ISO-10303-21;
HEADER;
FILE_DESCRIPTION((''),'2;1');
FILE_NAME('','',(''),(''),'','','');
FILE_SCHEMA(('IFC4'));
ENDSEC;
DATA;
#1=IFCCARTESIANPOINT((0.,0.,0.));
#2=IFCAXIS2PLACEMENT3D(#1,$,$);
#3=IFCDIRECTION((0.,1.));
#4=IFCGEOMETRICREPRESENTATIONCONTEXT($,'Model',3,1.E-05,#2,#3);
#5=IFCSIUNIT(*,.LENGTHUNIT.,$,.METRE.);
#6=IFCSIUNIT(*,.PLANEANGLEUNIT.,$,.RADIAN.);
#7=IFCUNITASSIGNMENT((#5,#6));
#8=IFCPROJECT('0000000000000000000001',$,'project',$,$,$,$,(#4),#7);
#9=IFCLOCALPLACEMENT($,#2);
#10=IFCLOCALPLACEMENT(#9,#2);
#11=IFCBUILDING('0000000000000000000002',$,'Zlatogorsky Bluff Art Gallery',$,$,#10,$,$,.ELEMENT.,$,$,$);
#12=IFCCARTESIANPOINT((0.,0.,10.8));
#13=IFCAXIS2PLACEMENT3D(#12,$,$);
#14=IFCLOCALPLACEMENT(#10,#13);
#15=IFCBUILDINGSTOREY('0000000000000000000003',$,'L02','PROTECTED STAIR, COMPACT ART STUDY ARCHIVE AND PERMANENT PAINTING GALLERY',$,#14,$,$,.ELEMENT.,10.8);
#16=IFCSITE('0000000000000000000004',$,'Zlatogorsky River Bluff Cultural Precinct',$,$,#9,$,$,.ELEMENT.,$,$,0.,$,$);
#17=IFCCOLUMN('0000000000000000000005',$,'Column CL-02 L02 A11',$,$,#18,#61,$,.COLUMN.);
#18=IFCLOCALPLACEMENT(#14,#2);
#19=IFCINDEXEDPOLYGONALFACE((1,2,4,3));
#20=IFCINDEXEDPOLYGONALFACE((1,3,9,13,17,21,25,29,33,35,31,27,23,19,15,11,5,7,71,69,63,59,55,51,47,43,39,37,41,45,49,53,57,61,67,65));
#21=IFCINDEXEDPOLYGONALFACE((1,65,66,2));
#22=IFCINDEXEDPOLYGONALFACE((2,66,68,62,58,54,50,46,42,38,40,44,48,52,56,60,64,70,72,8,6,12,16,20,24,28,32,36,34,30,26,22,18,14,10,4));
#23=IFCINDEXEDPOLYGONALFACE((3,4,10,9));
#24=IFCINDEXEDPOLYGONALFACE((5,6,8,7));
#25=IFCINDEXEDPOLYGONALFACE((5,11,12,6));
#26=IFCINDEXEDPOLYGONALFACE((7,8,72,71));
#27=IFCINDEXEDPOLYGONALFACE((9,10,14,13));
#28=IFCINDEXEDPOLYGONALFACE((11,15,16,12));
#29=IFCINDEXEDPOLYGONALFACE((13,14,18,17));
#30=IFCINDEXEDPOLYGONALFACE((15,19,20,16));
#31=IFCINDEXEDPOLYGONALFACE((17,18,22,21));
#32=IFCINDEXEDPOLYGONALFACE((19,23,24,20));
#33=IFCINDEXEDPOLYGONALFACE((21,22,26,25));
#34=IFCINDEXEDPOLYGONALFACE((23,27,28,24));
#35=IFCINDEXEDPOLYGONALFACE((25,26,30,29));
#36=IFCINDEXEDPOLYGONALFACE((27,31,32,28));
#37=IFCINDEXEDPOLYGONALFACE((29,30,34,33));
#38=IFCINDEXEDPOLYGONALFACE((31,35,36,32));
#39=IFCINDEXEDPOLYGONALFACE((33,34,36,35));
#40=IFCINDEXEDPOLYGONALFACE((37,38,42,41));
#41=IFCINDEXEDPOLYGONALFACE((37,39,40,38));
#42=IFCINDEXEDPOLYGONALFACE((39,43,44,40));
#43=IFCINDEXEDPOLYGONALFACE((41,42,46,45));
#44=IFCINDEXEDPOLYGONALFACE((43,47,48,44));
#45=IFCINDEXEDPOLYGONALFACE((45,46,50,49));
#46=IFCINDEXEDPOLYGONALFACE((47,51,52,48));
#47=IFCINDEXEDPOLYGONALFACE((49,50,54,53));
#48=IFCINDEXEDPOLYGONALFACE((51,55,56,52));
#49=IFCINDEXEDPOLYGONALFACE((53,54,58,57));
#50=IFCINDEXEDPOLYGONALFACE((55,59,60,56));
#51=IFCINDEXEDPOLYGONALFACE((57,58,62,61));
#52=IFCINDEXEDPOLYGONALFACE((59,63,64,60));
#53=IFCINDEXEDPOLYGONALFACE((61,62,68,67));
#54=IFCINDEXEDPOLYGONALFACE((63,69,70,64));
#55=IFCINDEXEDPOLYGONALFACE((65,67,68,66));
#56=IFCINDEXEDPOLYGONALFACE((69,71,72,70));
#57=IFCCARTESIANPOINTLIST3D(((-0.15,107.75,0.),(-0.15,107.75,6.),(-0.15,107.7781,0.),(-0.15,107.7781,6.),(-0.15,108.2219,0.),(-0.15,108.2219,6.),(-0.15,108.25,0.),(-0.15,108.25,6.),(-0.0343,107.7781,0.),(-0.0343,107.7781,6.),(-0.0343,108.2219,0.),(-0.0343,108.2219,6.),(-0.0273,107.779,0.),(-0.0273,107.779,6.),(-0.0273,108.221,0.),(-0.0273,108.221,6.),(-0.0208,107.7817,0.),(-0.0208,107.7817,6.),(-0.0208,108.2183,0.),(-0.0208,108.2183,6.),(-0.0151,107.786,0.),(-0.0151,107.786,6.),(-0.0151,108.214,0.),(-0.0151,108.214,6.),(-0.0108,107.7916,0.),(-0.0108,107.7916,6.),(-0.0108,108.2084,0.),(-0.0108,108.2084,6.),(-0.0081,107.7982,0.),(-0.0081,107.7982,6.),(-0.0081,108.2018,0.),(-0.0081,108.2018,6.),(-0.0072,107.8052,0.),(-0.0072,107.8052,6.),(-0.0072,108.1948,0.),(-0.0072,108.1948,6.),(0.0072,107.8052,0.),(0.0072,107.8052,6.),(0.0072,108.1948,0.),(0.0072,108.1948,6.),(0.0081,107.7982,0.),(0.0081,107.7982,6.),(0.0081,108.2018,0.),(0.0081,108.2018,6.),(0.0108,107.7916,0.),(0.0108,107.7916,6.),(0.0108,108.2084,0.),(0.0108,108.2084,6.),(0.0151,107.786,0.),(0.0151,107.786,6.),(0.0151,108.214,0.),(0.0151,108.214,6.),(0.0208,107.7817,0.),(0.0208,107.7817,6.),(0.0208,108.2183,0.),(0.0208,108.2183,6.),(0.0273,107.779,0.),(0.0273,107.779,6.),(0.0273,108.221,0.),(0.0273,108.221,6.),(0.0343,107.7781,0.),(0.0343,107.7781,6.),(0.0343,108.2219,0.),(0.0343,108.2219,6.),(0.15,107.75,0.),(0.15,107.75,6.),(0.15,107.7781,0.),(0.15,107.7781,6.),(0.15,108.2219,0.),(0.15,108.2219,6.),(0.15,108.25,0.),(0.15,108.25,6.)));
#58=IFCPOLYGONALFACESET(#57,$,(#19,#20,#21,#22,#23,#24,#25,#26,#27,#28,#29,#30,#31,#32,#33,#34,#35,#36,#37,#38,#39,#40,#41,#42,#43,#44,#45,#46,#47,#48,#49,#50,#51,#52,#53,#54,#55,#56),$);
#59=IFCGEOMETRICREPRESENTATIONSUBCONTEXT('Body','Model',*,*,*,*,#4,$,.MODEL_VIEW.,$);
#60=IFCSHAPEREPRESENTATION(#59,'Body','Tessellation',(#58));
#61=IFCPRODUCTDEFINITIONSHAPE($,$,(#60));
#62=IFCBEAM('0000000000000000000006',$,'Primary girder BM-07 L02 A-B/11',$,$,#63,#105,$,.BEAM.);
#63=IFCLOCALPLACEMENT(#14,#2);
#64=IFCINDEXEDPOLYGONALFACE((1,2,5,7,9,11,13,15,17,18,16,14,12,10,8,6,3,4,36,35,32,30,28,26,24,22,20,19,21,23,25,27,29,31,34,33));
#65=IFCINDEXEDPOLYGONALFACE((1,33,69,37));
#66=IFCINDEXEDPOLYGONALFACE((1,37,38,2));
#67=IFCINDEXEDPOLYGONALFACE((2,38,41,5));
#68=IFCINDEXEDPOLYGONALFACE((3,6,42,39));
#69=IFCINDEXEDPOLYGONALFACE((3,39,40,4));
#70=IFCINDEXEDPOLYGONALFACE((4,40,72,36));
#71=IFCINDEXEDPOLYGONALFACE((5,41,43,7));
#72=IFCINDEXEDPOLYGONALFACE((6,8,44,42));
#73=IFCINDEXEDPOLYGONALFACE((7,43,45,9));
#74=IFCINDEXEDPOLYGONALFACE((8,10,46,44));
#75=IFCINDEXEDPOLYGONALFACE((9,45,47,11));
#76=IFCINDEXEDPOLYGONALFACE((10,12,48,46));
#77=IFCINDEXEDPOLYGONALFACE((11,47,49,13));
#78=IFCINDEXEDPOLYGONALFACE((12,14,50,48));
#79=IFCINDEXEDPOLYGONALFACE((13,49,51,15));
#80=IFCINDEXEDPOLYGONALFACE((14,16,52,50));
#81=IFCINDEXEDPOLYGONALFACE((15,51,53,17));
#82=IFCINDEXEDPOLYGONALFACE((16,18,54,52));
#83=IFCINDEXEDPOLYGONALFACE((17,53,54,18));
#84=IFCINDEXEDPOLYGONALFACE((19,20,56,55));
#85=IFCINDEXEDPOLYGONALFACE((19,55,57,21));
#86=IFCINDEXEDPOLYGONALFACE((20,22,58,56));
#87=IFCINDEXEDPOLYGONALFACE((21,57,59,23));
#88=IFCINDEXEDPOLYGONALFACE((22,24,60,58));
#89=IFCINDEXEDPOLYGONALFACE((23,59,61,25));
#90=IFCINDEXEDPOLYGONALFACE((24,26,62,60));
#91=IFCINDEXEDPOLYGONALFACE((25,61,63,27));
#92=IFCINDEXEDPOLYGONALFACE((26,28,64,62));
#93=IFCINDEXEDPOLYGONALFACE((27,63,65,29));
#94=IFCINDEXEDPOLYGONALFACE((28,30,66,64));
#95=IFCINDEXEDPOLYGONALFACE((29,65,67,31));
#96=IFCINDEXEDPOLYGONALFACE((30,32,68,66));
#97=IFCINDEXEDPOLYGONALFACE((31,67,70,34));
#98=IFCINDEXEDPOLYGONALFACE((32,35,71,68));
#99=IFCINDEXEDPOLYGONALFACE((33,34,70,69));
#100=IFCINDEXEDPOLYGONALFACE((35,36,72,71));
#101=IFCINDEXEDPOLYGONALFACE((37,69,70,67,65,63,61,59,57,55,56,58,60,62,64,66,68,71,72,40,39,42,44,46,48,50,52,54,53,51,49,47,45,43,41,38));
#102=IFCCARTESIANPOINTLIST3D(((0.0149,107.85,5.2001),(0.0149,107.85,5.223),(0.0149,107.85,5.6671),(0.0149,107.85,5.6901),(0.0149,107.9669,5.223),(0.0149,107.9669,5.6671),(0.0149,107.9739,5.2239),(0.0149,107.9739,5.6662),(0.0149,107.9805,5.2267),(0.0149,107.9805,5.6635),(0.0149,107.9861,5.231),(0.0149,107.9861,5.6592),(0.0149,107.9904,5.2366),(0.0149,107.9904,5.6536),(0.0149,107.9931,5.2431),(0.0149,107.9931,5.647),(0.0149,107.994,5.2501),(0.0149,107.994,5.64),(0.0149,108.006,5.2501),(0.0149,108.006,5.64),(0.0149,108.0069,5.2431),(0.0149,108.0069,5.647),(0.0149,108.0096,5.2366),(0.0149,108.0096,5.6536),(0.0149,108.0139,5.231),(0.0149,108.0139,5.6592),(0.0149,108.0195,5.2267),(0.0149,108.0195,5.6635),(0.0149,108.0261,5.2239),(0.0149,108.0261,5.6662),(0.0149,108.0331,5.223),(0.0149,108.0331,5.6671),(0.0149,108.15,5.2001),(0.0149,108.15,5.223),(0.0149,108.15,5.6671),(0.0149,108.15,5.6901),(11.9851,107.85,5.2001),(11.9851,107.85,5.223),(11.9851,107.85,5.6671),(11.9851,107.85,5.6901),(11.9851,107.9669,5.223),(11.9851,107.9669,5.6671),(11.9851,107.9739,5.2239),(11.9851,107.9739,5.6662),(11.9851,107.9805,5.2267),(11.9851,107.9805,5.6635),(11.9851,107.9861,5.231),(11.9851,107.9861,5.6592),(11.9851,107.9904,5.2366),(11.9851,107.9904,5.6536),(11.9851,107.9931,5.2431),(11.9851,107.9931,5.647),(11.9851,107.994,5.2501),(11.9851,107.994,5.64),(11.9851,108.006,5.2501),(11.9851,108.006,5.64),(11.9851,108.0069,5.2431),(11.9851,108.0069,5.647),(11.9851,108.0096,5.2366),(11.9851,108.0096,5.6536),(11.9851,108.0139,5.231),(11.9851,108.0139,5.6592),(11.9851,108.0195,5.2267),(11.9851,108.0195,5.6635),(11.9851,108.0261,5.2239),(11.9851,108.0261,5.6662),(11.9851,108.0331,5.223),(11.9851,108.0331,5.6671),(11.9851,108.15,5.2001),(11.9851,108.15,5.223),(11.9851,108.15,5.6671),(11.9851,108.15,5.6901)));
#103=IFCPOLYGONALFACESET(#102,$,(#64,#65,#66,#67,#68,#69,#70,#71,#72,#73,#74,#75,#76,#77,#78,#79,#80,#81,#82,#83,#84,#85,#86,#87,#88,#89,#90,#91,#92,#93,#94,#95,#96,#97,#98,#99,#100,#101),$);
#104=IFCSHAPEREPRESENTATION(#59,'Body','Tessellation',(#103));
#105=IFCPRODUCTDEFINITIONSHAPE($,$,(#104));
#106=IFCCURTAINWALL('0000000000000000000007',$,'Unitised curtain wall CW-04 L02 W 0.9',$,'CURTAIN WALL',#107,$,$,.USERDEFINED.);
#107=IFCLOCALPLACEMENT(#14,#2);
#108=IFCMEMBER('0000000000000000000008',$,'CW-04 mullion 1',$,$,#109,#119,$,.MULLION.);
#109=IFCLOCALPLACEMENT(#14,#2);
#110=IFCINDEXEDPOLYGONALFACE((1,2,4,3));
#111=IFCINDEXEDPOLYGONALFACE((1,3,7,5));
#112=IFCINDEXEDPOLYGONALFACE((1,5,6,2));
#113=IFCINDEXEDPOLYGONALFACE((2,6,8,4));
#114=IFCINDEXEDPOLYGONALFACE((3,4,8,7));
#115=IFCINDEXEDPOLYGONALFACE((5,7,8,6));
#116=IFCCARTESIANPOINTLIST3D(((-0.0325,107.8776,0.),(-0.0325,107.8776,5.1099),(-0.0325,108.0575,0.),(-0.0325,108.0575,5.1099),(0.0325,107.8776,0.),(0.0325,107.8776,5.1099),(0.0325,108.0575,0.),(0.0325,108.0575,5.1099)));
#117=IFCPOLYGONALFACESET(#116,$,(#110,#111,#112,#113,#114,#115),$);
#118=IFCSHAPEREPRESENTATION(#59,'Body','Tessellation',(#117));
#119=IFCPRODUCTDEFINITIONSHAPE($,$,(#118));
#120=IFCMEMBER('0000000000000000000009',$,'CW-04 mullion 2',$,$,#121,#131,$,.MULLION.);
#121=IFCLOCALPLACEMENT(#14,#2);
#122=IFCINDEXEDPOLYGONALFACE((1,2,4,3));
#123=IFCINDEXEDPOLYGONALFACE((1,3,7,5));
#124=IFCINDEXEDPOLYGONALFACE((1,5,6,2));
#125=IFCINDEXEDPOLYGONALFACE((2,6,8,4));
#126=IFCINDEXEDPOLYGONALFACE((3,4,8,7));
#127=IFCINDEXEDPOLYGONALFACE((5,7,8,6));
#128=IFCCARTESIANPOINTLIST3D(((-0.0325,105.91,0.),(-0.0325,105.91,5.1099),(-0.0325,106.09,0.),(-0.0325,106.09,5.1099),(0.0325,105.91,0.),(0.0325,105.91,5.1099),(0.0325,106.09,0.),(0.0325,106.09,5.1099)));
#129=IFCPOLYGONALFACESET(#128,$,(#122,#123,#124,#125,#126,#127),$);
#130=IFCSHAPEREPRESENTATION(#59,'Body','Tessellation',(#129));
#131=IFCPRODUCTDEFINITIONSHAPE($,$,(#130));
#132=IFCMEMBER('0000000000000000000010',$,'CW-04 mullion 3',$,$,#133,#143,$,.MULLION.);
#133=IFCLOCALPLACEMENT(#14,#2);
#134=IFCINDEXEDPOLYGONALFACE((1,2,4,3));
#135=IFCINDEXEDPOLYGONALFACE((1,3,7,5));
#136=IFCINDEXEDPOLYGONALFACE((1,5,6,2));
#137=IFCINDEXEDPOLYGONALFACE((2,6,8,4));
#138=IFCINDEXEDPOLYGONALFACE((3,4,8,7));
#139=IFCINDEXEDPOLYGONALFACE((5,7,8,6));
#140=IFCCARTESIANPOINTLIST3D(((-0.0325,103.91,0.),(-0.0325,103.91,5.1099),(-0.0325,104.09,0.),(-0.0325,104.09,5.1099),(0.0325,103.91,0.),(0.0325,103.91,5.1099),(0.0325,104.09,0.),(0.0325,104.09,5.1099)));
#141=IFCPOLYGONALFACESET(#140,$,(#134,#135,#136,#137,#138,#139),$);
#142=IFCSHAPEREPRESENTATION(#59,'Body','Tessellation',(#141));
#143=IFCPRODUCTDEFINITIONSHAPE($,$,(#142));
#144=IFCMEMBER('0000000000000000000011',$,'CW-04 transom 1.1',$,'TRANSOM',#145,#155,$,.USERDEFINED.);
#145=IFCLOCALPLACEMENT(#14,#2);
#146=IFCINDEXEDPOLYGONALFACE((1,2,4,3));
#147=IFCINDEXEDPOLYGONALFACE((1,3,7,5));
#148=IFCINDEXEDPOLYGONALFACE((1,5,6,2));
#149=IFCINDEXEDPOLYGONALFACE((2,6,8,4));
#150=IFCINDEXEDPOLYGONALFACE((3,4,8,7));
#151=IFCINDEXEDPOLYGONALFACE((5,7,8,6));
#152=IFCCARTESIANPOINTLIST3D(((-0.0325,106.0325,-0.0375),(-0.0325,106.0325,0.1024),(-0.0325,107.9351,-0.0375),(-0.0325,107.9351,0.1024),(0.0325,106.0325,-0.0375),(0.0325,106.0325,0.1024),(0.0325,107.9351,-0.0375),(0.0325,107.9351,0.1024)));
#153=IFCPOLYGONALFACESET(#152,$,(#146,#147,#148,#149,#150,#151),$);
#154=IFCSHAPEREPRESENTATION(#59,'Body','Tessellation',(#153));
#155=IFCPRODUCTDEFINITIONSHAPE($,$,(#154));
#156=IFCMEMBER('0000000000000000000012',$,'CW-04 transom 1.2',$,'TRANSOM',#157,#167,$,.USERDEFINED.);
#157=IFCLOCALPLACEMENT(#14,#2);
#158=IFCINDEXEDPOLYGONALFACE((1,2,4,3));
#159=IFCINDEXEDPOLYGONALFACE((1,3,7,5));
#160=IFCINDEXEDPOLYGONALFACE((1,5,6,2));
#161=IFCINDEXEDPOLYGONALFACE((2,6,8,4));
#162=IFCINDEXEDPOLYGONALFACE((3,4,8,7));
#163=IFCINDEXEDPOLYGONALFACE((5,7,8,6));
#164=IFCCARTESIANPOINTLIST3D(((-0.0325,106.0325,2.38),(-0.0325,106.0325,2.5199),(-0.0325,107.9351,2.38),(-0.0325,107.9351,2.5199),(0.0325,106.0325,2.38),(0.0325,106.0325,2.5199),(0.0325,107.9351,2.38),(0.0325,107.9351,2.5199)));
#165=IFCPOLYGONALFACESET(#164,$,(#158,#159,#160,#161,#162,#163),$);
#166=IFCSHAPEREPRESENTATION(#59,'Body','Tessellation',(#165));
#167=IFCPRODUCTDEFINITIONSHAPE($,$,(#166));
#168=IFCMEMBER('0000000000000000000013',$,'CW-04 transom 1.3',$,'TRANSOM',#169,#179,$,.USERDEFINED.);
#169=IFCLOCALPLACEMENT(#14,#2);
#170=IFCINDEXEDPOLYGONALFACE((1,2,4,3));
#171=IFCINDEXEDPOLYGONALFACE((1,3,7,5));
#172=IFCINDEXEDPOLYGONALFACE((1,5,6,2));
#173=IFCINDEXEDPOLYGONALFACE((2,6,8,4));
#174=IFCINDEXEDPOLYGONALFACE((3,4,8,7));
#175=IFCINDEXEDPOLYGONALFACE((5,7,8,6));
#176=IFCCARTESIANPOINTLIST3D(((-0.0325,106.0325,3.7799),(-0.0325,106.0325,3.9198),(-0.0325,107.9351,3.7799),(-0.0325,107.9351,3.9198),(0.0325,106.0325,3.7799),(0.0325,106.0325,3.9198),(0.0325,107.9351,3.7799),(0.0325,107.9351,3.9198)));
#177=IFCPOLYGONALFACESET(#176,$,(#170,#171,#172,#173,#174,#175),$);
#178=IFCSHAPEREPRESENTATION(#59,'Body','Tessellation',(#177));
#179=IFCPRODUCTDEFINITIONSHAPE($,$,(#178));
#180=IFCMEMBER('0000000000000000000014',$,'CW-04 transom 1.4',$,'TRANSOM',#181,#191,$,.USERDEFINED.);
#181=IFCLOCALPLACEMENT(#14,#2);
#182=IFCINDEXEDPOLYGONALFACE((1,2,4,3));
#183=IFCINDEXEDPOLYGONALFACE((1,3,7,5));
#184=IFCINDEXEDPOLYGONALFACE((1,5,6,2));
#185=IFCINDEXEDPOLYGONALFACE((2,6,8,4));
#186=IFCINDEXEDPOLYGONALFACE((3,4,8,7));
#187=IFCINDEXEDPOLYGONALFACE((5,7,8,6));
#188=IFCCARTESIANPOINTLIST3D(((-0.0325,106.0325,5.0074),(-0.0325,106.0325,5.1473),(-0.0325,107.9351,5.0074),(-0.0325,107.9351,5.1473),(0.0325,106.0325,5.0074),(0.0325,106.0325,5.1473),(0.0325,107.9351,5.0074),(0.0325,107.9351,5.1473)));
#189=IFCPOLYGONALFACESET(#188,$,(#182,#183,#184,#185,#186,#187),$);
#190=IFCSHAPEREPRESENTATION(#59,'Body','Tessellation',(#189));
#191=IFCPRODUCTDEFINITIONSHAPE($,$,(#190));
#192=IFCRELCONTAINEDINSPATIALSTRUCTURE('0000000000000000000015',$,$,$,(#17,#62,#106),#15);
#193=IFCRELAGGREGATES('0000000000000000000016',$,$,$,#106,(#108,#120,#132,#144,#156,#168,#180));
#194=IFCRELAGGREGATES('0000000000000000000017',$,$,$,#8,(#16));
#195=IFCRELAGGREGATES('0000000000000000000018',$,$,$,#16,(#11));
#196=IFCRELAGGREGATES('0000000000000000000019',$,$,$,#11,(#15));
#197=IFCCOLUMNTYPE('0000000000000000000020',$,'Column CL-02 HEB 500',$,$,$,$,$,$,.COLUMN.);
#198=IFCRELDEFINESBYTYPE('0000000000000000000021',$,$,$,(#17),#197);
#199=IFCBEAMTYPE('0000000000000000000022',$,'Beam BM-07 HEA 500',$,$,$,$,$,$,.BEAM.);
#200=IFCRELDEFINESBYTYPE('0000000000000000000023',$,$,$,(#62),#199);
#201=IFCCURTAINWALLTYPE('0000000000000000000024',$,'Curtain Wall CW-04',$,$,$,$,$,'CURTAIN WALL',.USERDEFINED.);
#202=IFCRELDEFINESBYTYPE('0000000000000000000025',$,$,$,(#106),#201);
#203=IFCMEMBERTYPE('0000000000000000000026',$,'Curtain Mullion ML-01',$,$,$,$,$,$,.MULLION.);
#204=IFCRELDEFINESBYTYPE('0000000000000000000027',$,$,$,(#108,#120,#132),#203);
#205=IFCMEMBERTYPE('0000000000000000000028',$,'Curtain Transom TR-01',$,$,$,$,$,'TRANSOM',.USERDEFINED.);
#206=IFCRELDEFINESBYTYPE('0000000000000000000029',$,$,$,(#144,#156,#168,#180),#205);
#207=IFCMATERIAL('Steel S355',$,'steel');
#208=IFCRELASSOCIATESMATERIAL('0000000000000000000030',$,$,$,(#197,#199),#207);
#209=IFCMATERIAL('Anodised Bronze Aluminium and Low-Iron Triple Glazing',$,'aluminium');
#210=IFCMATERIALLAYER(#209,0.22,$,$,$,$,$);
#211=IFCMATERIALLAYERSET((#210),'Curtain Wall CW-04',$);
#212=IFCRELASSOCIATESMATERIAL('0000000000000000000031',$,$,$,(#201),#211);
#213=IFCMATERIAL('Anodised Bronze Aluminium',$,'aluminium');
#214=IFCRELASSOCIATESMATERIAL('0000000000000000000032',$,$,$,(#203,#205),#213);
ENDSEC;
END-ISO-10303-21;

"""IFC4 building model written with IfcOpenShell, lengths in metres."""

from ifc_helpers import new_model, si_unit, direction, frame, origin, origin_2d, place, context, subcontext, project, spatial, rectangle, i_section, extrude, material, layer, layer_set, material_profile, profile_set, type_object, element, aggregate, save


model = new_model("IFC4")

# Units and contexts
model_context = context("Model", 3, precision=1e-05, world=origin(), true_north=direction((0.0, 1.0)))
body_context = subcontext(model_context, "Body", "Model", "MODEL_VIEW")
ifc_project = project(units=[si_unit("LENGTHUNIT", "METRE"), si_unit("PLANEANGLEUNIT", "RADIAN")], contexts=[model_context])

# Site, building, storey
site_placement = place(None, origin())
site = spatial("IfcSite", under=ifc_project, at=site_placement, Name="Zlatogorsky River Bluff Cultural Precinct", CompositionType="ELEMENT", RefElevation=0.0)
building_placement = place(site_placement, origin())
building = spatial("IfcBuilding", under=site, at=building_placement, Name="Zlatogorsky Bluff Art Gallery", CompositionType="ELEMENT")
storey_placement = place(building_placement, frame((0.0, 0.0, 10.8)))
storey = spatial("IfcBuildingStorey", under=building, at=storey_placement, Name="L02", Description="PROTECTED STAIR, COMPACT ART STUDY ARCHIVE AND PERMANENT PAINTING GALLERY", CompositionType="ELEMENT", Elevation=10.8)

# Column
ifc_material_1 = material(Name="Steel S355", Category="steel")
ifc_material_profile_1 = material_profile(ifc_material_1, i_section(OverallWidth=0.3, OverallDepth=0.5, WebThickness=0.0144, FlangeThickness=0.0281, FilletRadius=0.0271, at=origin_2d()), Name="HEB 500")
ifc_profile_set_1 = profile_set([ifc_material_profile_1], Name="Steel S355")
column_type = type_object("IfcColumnType", Name="Column CL-02 HEB 500", PredefinedType="COLUMN", material=ifc_profile_set_1)
column_placement = place(storey_placement, frame((0.0, 108.0, 0.0), z_axis=(0.0, 0.0, 1.0), x_axis=(1.0, 0.0, 0.0)))
element("IfcColumn", 1, at=column_placement, inside=storey, type_object=column_type, Name="Column CL-02 L02 A11", PredefinedType="COLUMN", context=body_context, shape_type="SweptSolid", body=[
    extrude(i_section(OverallWidth=0.3, OverallDepth=0.5, WebThickness=0.0144, FlangeThickness=0.0281, FilletRadius=0.0271, at=origin_2d()), origin(), (0.0, 0.0, 1.0), 6.0),
])

# Beam
ifc_material_profile_2 = material_profile(ifc_material_1, i_section(OverallWidth=0.3, OverallDepth=0.49, WebThickness=0.012, FlangeThickness=0.0229, FilletRadius=0.0271, at=origin_2d()), Name="HEA 500")
ifc_profile_set_2 = profile_set([ifc_material_profile_2], Name="Steel S355")
beam_type = type_object("IfcBeamType", Name="Beam BM-07 HEA 500", PredefinedType="BEAM", material=ifc_profile_set_2)
beam_placement = place(storey_placement, frame((0.0149, 108.0, 5.4451), z_axis=(1.0, 0.0, 0.0), x_axis=(0.0, 1.0, 0.0)))
element("IfcBeam", 2, at=beam_placement, inside=storey, type_object=beam_type, Name="Primary girder BM-07 L02 A-B/11", PredefinedType="BEAM", context=body_context, shape_type="SweptSolid", body=[
    extrude(i_section(OverallWidth=0.3, OverallDepth=0.49, WebThickness=0.012, FlangeThickness=0.0229, FilletRadius=0.0271, at=origin_2d()), origin(), (0.0, 0.0, 1.0), 11.9702),
])

# Curtain wall, members
ifc_material_2 = material(Name="Anodised Bronze Aluminium and Low-Iron Triple Glazing", Category="aluminium")
ifc_layer_1 = layer(ifc_material_2, 0.22)
ifc_layer_set_1 = layer_set([ifc_layer_1], Name="Curtain Wall CW-04")
curtain_wall_type = type_object("IfcCurtainWallType", Name="Curtain Wall CW-04", ElementType="CURTAIN WALL", PredefinedType="USERDEFINED", material=ifc_layer_set_1)
curtain_wall_placement = place(storey_placement, origin())
curtain_wall = element("IfcCurtainWall", 3, at=curtain_wall_placement, inside=storey, type_object=curtain_wall_type, Name="Unitised curtain wall CW-04 L02 W 0.9", ObjectType="CURTAIN WALL", PredefinedType="USERDEFINED")
ifc_material_3 = material(Name="Anodised Bronze Aluminium", Category="aluminium")
ifc_material_profile_3 = material_profile(ifc_material_3, rectangle(XDim=0.0649, YDim=0.1799, at=origin_2d()), Name="ALU MULLION 65x180")
ifc_profile_set_3 = profile_set([ifc_material_profile_3], Name="Anodised Bronze Aluminium")
member_type_1 = type_object("IfcMemberType", Name="Curtain Mullion ML-01", PredefinedType="MULLION", material=ifc_profile_set_3)
member_1_placement = place(storey_placement, frame((0.0, 107.9675, 0.0), z_axis=(0.0, 0.0, 1.0), x_axis=(1.0, 0.0, 0.0)))
member_1 = element("IfcMember", 4, at=member_1_placement, type_object=member_type_1, Name="CW-04 mullion 1", PredefinedType="MULLION", context=body_context, shape_type="SweptSolid", body=[
    extrude(rectangle(XDim=0.0649, YDim=0.1799, at=origin_2d()), origin(), (0.0, 0.0, 1.0), 5.1099),
])
member_2_placement = place(storey_placement, frame((0.0, 106.0, 0.0), z_axis=(0.0, 0.0, 1.0), x_axis=(1.0, 0.0, 0.0)))
member_2 = element("IfcMember", 5, at=member_2_placement, type_object=member_type_1, Name="CW-04 mullion 2", PredefinedType="MULLION", context=body_context, shape_type="SweptSolid", body=[
    extrude(rectangle(XDim=0.0649, YDim=0.1799, at=origin_2d()), origin(), (0.0, 0.0, 1.0), 5.1099),
])
member_3_placement = place(storey_placement, frame((0.0, 104.0, 0.0), z_axis=(0.0, 0.0, 1.0), x_axis=(1.0, 0.0, 0.0)))
member_3 = element("IfcMember", 6, at=member_3_placement, type_object=member_type_1, Name="CW-04 mullion 3", PredefinedType="MULLION", context=body_context, shape_type="SweptSolid", body=[
    extrude(rectangle(XDim=0.0649, YDim=0.1799, at=origin_2d()), origin(), (0.0, 0.0, 1.0), 5.1099),
])
ifc_material_profile_4 = material_profile(ifc_material_3, rectangle(XDim=0.0649, YDim=0.1399, at=origin_2d()), Name="ALU TRANSOM 65x140")
ifc_profile_set_4 = profile_set([ifc_material_profile_4], Name="Anodised Bronze Aluminium")
member_type_2 = type_object("IfcMemberType", Name="Curtain Transom TR-01", ElementType="TRANSOM", PredefinedType="USERDEFINED", material=ifc_profile_set_4)
member_4_placement = place(storey_placement, frame((0.0, 107.9351, 0.0325), z_axis=(0.0, -1.0, 0.0), x_axis=(1.0, 0.0, 0.0)))
member_4 = element("IfcMember", 7, at=member_4_placement, type_object=member_type_2, Name="CW-04 transom 1.1", ObjectType="TRANSOM", PredefinedType="USERDEFINED", context=body_context, shape_type="SweptSolid", body=[
    extrude(rectangle(XDim=0.0649, YDim=0.1399, at=origin_2d()), origin(), (0.0, 0.0, 1.0), 1.9026),
])
member_5_placement = place(storey_placement, frame((0.0, 107.9351, 2.45), z_axis=(0.0, -1.0, 0.0), x_axis=(1.0, 0.0, 0.0)))
member_5 = element("IfcMember", 8, at=member_5_placement, type_object=member_type_2, Name="CW-04 transom 1.2", ObjectType="TRANSOM", PredefinedType="USERDEFINED", context=body_context, shape_type="SweptSolid", body=[
    extrude(rectangle(XDim=0.0649, YDim=0.1399, at=origin_2d()), origin(), (0.0, 0.0, 1.0), 1.9026),
])
member_6_placement = place(storey_placement, frame((0.0, 107.9351, 3.8499), z_axis=(0.0, -1.0, 0.0), x_axis=(1.0, 0.0, 0.0)))
member_6 = element("IfcMember", 9, at=member_6_placement, type_object=member_type_2, Name="CW-04 transom 1.3", ObjectType="TRANSOM", PredefinedType="USERDEFINED", context=body_context, shape_type="SweptSolid", body=[
    extrude(rectangle(XDim=0.0649, YDim=0.1399, at=origin_2d()), origin(), (0.0, 0.0, 1.0), 1.9026),
])
member_7_placement = place(storey_placement, frame((0.0, 107.9351, 5.0774), z_axis=(0.0, -1.0, 0.0), x_axis=(1.0, 0.0, 0.0)))
member_7 = element("IfcMember", 10, at=member_7_placement, type_object=member_type_2, Name="CW-04 transom 1.4", ObjectType="TRANSOM", PredefinedType="USERDEFINED", context=body_context, shape_type="SweptSolid", body=[
    extrude(rectangle(XDim=0.0649, YDim=0.1399, at=origin_2d()), origin(), (0.0, 0.0, 1.0), 1.9026),
])
aggregate(curtain_wall, [member_1, member_2, member_3, member_4, member_5, member_6, member_7])

save(model, "model.ifc")
